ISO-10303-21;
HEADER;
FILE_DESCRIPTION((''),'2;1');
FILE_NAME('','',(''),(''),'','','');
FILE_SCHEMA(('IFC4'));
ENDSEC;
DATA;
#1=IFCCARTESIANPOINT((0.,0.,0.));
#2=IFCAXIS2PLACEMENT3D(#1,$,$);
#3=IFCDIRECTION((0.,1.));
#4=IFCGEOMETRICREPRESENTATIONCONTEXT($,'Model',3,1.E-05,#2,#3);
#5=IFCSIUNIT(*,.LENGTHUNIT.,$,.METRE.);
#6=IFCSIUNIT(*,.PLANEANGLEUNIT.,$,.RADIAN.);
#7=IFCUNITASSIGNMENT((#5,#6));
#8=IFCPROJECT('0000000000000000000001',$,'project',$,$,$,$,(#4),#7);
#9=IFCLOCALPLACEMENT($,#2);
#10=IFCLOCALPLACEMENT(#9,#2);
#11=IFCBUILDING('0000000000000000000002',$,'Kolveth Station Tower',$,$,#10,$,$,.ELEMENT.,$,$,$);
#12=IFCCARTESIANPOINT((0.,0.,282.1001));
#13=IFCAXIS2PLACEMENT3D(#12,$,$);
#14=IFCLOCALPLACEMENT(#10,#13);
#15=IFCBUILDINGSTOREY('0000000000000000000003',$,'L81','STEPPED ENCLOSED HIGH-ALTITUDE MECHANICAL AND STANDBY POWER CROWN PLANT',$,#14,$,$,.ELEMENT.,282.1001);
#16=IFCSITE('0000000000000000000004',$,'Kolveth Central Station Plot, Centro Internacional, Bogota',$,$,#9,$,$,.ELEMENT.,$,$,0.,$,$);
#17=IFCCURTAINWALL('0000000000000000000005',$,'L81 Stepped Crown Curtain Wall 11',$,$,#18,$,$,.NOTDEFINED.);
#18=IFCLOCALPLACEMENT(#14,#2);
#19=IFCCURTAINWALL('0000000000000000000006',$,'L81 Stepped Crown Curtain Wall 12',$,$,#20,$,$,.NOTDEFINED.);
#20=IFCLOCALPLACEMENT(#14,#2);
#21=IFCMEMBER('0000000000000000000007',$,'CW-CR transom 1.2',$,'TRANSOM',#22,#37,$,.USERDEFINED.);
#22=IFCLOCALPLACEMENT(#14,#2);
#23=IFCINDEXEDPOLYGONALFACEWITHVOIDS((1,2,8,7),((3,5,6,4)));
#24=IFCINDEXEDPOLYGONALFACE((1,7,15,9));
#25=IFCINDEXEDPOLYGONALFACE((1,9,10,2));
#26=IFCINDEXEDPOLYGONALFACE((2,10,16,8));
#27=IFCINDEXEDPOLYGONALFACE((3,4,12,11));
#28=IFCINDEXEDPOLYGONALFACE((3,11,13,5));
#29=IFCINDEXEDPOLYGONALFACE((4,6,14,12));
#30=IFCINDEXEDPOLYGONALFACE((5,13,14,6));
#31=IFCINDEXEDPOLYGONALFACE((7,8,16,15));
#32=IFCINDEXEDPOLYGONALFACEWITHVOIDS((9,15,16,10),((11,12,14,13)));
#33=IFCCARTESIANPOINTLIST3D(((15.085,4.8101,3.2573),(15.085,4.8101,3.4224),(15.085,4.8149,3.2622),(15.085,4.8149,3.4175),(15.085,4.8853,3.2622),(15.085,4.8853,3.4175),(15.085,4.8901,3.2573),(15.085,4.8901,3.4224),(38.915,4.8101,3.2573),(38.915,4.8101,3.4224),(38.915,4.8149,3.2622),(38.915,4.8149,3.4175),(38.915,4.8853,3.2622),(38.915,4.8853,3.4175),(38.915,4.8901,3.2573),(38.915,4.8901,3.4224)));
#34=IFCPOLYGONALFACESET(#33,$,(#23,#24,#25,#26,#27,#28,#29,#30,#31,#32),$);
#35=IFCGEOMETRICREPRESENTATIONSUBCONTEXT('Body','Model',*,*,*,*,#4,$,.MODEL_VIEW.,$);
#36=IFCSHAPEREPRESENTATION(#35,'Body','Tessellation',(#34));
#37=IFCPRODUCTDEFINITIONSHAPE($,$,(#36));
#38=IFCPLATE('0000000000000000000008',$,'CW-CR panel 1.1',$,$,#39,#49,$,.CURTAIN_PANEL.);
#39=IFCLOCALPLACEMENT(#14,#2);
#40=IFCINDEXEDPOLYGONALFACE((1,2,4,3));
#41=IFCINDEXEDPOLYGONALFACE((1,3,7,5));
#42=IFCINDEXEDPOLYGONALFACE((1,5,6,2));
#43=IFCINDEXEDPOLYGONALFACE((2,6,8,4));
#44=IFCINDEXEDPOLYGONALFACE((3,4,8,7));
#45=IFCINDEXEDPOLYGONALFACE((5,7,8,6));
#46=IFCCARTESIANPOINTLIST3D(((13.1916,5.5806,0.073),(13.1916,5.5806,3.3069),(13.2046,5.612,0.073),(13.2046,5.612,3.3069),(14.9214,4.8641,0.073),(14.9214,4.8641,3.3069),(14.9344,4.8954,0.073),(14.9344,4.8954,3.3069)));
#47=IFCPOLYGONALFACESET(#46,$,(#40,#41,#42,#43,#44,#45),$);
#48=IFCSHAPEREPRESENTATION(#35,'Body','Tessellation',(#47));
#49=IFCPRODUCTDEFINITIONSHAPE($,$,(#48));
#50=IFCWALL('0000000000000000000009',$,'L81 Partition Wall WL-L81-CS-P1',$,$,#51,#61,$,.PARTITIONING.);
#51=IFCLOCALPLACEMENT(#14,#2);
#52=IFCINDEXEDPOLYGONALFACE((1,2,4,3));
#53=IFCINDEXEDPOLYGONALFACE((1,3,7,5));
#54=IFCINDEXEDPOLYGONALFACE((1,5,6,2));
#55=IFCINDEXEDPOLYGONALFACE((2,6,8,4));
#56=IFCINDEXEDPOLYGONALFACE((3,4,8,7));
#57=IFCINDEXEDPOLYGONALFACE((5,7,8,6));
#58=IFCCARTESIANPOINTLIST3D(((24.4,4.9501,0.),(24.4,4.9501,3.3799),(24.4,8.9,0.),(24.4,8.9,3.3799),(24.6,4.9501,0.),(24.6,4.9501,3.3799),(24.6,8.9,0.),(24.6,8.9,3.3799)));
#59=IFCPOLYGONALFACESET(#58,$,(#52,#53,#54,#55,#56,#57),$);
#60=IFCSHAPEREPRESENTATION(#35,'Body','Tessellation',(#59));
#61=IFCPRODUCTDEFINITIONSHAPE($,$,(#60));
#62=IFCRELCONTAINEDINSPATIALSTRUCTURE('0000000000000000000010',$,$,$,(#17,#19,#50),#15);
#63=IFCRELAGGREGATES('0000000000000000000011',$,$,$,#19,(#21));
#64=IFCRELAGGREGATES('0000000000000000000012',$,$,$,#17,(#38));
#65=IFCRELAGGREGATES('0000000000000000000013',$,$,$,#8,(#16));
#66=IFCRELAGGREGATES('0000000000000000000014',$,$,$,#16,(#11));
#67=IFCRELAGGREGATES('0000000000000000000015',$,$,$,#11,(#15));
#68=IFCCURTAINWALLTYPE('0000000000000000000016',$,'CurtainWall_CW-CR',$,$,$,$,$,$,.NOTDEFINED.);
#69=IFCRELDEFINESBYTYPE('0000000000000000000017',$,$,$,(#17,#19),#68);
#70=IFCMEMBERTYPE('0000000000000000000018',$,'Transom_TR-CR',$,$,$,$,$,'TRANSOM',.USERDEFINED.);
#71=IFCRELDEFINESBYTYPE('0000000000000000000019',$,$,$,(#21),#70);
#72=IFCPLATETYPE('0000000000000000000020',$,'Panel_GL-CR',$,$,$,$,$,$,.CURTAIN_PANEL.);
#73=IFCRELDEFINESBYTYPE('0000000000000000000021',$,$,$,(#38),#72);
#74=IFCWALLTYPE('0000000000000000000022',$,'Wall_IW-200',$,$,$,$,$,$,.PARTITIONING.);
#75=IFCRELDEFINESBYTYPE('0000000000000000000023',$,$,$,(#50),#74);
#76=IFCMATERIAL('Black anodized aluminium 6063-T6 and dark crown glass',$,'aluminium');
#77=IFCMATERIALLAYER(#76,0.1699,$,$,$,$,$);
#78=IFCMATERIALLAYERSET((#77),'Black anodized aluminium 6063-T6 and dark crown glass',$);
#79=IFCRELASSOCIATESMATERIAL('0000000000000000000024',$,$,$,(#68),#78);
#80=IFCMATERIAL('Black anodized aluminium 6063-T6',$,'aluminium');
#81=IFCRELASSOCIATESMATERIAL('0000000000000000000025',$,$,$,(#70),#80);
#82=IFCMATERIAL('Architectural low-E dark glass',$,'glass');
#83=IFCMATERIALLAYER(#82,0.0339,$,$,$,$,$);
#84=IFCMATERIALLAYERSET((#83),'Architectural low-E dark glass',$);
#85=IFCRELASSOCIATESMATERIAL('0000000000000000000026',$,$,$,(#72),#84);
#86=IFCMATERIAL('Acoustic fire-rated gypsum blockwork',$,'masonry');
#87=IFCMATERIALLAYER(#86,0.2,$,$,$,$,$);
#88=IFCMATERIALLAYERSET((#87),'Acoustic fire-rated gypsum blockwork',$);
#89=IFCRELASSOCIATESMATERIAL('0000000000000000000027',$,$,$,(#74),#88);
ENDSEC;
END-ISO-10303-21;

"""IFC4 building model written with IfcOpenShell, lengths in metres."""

from ifc_helpers import new_model, si_unit, direction, frame, frame_2d, origin, origin_2d, place, context, subcontext, project, spatial, rectangle, hollow_rectangle, extrude, source, transform, mapped, material, layer, layer_set, material_profile, profile_set, type_object, element, aggregate, save


model = new_model("IFC4")

# Units and contexts
model_context = context("Model", 3, precision=1e-05, world=origin(), true_north=direction((0.0, 1.0)))
body_context = subcontext(model_context, "Body", "Model", "MODEL_VIEW")
ifc_project = project(units=[si_unit("LENGTHUNIT", "METRE"), si_unit("PLANEANGLEUNIT", "RADIAN")], contexts=[model_context])

# Site, building, storey
site_placement = place(None, origin())
site = spatial("IfcSite", under=ifc_project, at=site_placement, Name="Kolveth Central Station Plot, Centro Internacional, Bogota", CompositionType="ELEMENT", RefElevation=0.0)
building_placement = place(site_placement, origin())
building = spatial("IfcBuilding", under=site, at=building_placement, Name="Kolveth Station Tower", CompositionType="ELEMENT")
storey_placement = place(building_placement, frame((0.0, 0.0, 282.1001)))
storey = spatial("IfcBuildingStorey", under=building, at=storey_placement, Name="L81", Description="STEPPED ENCLOSED HIGH-ALTITUDE MECHANICAL AND STANDBY POWER CROWN PLANT", CompositionType="ELEMENT", Elevation=282.1001)

# Curtain wall
ifc_material_1 = material(Name="Black anodized aluminium 6063-T6 and dark crown glass", Category="aluminium")
ifc_layer_1 = layer(ifc_material_1, 0.1699)
ifc_layer_set_1 = layer_set([ifc_layer_1], Name="Black anodized aluminium 6063-T6 and dark crown glass")
curtain_wall_type = type_object("IfcCurtainWallType", Name="CurtainWall_CW-CR", PredefinedType="NOTDEFINED", material=ifc_layer_set_1)
curtain_wall_1_placement = place(storey_placement, origin())
curtain_wall_1 = element("IfcCurtainWall", 1, at=curtain_wall_1_placement, inside=storey, type_object=curtain_wall_type, Name="L81 Stepped Crown Curtain Wall 11", PredefinedType="NOTDEFINED")
ifc_material_2 = material(Name="Black anodized aluminium 6063-T6", Category="aluminium")

# Curtain wall
curtain_wall_2_placement = place(storey_placement, origin())
curtain_wall_2 = element("IfcCurtainWall", 2, at=curtain_wall_2_placement, inside=storey, type_object=curtain_wall_type, Name="L81 Stepped Crown Curtain Wall 12", PredefinedType="NOTDEFINED")

# Member
ifc_material_profile_1 = material_profile(ifc_material_2, hollow_rectangle(XDim=0.0801, YDim=0.165, WallThickness=0.0049, at=origin_2d()), Name="ALU-80x165x5")
ifc_profile_set_1 = profile_set([ifc_material_profile_1], Name="Black anodized aluminium 6063-T6")
member_type_1 = type_object("IfcMemberType", Name="Transom_TR-CR", ElementType="TRANSOM", PredefinedType="USERDEFINED", material=ifc_profile_set_1)
shared_shape_1 = source(origin(), body_context, "Body", "SweptSolid", [
    extrude(hollow_rectangle(XDim=0.0801, YDim=0.165, WallThickness=0.0049, at=origin_2d()), origin(), (0.0, 0.0, 1.0), 23.8301),
])
member_1_placement = place(storey_placement, frame((15.085, 4.8501, 3.3398), z_axis=(1.0, 0.0, 0.0), x_axis=(0.0, 1.0, 0.0)))
member_1 = element("IfcMember", 3, at=member_1_placement, type_object=member_type_1, Name="CW-CR transom 1.2", ObjectType="TRANSOM", PredefinedType="USERDEFINED", context=body_context, shape_type="MappedRepresentation", body=[
    mapped(shared_shape_1, transform((0.0, 0.0, 0.0), x_axis=(1.0, 0.0, 0.0), y_axis=(0.0, 1.0, 0.0), z_axis=(0.0, 0.0, 1.0), scale=1.0)),
])
aggregate(curtain_wall_2, [member_1])

# Plate
ifc_material_3 = material(Name="Architectural low-E dark glass", Category="glass")
ifc_layer_2 = layer(ifc_material_3, 0.0339)
ifc_layer_set_2 = layer_set([ifc_layer_2], Name="Architectural low-E dark glass")
plate_type = type_object("IfcPlateType", Name="Panel_GL-CR", PredefinedType="CURTAIN_PANEL", material=ifc_layer_set_2)
shared_shape_2 = source(origin(), body_context, "Body", "SweptSolid", [
    extrude(rectangle(XDim=1.8723, YDim=0.0339, at=origin_2d()), origin(), (0.0, 0.0, 1.0), 3.2339),
])
plate_placement = place(storey_placement, frame((14.063, 5.238, 0.073), z_axis=(0.0, 0.0, 1.0), x_axis=(0.923871, -0.382703, 0.0)))
plate = element("IfcPlate", 4, at=plate_placement, type_object=plate_type, Name="CW-CR panel 1.1", PredefinedType="CURTAIN_PANEL", context=body_context, shape_type="MappedRepresentation", body=[
    mapped(shared_shape_2, transform((0.0, 0.0, 0.0), x_axis=(1.0, 0.0, 0.0), y_axis=(0.0, 1.0, 0.0), z_axis=(0.0, 0.0, 1.0), scale=1.0)),
])
aggregate(curtain_wall_1, [plate])

# Wall
ifc_material_4 = material(Name="Acoustic fire-rated gypsum blockwork", Category="masonry")
ifc_layer_3 = layer(ifc_material_4, 0.2)
ifc_layer_set_3 = layer_set([ifc_layer_3], Name="Acoustic fire-rated gypsum blockwork")
wall_type = type_object("IfcWallType", Name="Wall_IW-200", PredefinedType="PARTITIONING", material=ifc_layer_set_3)
wall_placement = place(storey_placement, frame((24.5, 4.95, 0.0), z_axis=(0.0, 0.0, 1.0), x_axis=(0.0, 1.0, 0.0)))
element("IfcWall", 5, at=wall_placement, inside=storey, type_object=wall_type, Name="L81 Partition Wall WL-L81-CS-P1", PredefinedType="PARTITIONING", context=body_context, shape_type="SweptSolid", body=[
    extrude(rectangle(XDim=3.95, YDim=0.2, at=frame_2d((1.9751, 0.0))), origin(), (0.0, 0.0, 1.0), 3.3799),
])

save(model, "model.ifc")
